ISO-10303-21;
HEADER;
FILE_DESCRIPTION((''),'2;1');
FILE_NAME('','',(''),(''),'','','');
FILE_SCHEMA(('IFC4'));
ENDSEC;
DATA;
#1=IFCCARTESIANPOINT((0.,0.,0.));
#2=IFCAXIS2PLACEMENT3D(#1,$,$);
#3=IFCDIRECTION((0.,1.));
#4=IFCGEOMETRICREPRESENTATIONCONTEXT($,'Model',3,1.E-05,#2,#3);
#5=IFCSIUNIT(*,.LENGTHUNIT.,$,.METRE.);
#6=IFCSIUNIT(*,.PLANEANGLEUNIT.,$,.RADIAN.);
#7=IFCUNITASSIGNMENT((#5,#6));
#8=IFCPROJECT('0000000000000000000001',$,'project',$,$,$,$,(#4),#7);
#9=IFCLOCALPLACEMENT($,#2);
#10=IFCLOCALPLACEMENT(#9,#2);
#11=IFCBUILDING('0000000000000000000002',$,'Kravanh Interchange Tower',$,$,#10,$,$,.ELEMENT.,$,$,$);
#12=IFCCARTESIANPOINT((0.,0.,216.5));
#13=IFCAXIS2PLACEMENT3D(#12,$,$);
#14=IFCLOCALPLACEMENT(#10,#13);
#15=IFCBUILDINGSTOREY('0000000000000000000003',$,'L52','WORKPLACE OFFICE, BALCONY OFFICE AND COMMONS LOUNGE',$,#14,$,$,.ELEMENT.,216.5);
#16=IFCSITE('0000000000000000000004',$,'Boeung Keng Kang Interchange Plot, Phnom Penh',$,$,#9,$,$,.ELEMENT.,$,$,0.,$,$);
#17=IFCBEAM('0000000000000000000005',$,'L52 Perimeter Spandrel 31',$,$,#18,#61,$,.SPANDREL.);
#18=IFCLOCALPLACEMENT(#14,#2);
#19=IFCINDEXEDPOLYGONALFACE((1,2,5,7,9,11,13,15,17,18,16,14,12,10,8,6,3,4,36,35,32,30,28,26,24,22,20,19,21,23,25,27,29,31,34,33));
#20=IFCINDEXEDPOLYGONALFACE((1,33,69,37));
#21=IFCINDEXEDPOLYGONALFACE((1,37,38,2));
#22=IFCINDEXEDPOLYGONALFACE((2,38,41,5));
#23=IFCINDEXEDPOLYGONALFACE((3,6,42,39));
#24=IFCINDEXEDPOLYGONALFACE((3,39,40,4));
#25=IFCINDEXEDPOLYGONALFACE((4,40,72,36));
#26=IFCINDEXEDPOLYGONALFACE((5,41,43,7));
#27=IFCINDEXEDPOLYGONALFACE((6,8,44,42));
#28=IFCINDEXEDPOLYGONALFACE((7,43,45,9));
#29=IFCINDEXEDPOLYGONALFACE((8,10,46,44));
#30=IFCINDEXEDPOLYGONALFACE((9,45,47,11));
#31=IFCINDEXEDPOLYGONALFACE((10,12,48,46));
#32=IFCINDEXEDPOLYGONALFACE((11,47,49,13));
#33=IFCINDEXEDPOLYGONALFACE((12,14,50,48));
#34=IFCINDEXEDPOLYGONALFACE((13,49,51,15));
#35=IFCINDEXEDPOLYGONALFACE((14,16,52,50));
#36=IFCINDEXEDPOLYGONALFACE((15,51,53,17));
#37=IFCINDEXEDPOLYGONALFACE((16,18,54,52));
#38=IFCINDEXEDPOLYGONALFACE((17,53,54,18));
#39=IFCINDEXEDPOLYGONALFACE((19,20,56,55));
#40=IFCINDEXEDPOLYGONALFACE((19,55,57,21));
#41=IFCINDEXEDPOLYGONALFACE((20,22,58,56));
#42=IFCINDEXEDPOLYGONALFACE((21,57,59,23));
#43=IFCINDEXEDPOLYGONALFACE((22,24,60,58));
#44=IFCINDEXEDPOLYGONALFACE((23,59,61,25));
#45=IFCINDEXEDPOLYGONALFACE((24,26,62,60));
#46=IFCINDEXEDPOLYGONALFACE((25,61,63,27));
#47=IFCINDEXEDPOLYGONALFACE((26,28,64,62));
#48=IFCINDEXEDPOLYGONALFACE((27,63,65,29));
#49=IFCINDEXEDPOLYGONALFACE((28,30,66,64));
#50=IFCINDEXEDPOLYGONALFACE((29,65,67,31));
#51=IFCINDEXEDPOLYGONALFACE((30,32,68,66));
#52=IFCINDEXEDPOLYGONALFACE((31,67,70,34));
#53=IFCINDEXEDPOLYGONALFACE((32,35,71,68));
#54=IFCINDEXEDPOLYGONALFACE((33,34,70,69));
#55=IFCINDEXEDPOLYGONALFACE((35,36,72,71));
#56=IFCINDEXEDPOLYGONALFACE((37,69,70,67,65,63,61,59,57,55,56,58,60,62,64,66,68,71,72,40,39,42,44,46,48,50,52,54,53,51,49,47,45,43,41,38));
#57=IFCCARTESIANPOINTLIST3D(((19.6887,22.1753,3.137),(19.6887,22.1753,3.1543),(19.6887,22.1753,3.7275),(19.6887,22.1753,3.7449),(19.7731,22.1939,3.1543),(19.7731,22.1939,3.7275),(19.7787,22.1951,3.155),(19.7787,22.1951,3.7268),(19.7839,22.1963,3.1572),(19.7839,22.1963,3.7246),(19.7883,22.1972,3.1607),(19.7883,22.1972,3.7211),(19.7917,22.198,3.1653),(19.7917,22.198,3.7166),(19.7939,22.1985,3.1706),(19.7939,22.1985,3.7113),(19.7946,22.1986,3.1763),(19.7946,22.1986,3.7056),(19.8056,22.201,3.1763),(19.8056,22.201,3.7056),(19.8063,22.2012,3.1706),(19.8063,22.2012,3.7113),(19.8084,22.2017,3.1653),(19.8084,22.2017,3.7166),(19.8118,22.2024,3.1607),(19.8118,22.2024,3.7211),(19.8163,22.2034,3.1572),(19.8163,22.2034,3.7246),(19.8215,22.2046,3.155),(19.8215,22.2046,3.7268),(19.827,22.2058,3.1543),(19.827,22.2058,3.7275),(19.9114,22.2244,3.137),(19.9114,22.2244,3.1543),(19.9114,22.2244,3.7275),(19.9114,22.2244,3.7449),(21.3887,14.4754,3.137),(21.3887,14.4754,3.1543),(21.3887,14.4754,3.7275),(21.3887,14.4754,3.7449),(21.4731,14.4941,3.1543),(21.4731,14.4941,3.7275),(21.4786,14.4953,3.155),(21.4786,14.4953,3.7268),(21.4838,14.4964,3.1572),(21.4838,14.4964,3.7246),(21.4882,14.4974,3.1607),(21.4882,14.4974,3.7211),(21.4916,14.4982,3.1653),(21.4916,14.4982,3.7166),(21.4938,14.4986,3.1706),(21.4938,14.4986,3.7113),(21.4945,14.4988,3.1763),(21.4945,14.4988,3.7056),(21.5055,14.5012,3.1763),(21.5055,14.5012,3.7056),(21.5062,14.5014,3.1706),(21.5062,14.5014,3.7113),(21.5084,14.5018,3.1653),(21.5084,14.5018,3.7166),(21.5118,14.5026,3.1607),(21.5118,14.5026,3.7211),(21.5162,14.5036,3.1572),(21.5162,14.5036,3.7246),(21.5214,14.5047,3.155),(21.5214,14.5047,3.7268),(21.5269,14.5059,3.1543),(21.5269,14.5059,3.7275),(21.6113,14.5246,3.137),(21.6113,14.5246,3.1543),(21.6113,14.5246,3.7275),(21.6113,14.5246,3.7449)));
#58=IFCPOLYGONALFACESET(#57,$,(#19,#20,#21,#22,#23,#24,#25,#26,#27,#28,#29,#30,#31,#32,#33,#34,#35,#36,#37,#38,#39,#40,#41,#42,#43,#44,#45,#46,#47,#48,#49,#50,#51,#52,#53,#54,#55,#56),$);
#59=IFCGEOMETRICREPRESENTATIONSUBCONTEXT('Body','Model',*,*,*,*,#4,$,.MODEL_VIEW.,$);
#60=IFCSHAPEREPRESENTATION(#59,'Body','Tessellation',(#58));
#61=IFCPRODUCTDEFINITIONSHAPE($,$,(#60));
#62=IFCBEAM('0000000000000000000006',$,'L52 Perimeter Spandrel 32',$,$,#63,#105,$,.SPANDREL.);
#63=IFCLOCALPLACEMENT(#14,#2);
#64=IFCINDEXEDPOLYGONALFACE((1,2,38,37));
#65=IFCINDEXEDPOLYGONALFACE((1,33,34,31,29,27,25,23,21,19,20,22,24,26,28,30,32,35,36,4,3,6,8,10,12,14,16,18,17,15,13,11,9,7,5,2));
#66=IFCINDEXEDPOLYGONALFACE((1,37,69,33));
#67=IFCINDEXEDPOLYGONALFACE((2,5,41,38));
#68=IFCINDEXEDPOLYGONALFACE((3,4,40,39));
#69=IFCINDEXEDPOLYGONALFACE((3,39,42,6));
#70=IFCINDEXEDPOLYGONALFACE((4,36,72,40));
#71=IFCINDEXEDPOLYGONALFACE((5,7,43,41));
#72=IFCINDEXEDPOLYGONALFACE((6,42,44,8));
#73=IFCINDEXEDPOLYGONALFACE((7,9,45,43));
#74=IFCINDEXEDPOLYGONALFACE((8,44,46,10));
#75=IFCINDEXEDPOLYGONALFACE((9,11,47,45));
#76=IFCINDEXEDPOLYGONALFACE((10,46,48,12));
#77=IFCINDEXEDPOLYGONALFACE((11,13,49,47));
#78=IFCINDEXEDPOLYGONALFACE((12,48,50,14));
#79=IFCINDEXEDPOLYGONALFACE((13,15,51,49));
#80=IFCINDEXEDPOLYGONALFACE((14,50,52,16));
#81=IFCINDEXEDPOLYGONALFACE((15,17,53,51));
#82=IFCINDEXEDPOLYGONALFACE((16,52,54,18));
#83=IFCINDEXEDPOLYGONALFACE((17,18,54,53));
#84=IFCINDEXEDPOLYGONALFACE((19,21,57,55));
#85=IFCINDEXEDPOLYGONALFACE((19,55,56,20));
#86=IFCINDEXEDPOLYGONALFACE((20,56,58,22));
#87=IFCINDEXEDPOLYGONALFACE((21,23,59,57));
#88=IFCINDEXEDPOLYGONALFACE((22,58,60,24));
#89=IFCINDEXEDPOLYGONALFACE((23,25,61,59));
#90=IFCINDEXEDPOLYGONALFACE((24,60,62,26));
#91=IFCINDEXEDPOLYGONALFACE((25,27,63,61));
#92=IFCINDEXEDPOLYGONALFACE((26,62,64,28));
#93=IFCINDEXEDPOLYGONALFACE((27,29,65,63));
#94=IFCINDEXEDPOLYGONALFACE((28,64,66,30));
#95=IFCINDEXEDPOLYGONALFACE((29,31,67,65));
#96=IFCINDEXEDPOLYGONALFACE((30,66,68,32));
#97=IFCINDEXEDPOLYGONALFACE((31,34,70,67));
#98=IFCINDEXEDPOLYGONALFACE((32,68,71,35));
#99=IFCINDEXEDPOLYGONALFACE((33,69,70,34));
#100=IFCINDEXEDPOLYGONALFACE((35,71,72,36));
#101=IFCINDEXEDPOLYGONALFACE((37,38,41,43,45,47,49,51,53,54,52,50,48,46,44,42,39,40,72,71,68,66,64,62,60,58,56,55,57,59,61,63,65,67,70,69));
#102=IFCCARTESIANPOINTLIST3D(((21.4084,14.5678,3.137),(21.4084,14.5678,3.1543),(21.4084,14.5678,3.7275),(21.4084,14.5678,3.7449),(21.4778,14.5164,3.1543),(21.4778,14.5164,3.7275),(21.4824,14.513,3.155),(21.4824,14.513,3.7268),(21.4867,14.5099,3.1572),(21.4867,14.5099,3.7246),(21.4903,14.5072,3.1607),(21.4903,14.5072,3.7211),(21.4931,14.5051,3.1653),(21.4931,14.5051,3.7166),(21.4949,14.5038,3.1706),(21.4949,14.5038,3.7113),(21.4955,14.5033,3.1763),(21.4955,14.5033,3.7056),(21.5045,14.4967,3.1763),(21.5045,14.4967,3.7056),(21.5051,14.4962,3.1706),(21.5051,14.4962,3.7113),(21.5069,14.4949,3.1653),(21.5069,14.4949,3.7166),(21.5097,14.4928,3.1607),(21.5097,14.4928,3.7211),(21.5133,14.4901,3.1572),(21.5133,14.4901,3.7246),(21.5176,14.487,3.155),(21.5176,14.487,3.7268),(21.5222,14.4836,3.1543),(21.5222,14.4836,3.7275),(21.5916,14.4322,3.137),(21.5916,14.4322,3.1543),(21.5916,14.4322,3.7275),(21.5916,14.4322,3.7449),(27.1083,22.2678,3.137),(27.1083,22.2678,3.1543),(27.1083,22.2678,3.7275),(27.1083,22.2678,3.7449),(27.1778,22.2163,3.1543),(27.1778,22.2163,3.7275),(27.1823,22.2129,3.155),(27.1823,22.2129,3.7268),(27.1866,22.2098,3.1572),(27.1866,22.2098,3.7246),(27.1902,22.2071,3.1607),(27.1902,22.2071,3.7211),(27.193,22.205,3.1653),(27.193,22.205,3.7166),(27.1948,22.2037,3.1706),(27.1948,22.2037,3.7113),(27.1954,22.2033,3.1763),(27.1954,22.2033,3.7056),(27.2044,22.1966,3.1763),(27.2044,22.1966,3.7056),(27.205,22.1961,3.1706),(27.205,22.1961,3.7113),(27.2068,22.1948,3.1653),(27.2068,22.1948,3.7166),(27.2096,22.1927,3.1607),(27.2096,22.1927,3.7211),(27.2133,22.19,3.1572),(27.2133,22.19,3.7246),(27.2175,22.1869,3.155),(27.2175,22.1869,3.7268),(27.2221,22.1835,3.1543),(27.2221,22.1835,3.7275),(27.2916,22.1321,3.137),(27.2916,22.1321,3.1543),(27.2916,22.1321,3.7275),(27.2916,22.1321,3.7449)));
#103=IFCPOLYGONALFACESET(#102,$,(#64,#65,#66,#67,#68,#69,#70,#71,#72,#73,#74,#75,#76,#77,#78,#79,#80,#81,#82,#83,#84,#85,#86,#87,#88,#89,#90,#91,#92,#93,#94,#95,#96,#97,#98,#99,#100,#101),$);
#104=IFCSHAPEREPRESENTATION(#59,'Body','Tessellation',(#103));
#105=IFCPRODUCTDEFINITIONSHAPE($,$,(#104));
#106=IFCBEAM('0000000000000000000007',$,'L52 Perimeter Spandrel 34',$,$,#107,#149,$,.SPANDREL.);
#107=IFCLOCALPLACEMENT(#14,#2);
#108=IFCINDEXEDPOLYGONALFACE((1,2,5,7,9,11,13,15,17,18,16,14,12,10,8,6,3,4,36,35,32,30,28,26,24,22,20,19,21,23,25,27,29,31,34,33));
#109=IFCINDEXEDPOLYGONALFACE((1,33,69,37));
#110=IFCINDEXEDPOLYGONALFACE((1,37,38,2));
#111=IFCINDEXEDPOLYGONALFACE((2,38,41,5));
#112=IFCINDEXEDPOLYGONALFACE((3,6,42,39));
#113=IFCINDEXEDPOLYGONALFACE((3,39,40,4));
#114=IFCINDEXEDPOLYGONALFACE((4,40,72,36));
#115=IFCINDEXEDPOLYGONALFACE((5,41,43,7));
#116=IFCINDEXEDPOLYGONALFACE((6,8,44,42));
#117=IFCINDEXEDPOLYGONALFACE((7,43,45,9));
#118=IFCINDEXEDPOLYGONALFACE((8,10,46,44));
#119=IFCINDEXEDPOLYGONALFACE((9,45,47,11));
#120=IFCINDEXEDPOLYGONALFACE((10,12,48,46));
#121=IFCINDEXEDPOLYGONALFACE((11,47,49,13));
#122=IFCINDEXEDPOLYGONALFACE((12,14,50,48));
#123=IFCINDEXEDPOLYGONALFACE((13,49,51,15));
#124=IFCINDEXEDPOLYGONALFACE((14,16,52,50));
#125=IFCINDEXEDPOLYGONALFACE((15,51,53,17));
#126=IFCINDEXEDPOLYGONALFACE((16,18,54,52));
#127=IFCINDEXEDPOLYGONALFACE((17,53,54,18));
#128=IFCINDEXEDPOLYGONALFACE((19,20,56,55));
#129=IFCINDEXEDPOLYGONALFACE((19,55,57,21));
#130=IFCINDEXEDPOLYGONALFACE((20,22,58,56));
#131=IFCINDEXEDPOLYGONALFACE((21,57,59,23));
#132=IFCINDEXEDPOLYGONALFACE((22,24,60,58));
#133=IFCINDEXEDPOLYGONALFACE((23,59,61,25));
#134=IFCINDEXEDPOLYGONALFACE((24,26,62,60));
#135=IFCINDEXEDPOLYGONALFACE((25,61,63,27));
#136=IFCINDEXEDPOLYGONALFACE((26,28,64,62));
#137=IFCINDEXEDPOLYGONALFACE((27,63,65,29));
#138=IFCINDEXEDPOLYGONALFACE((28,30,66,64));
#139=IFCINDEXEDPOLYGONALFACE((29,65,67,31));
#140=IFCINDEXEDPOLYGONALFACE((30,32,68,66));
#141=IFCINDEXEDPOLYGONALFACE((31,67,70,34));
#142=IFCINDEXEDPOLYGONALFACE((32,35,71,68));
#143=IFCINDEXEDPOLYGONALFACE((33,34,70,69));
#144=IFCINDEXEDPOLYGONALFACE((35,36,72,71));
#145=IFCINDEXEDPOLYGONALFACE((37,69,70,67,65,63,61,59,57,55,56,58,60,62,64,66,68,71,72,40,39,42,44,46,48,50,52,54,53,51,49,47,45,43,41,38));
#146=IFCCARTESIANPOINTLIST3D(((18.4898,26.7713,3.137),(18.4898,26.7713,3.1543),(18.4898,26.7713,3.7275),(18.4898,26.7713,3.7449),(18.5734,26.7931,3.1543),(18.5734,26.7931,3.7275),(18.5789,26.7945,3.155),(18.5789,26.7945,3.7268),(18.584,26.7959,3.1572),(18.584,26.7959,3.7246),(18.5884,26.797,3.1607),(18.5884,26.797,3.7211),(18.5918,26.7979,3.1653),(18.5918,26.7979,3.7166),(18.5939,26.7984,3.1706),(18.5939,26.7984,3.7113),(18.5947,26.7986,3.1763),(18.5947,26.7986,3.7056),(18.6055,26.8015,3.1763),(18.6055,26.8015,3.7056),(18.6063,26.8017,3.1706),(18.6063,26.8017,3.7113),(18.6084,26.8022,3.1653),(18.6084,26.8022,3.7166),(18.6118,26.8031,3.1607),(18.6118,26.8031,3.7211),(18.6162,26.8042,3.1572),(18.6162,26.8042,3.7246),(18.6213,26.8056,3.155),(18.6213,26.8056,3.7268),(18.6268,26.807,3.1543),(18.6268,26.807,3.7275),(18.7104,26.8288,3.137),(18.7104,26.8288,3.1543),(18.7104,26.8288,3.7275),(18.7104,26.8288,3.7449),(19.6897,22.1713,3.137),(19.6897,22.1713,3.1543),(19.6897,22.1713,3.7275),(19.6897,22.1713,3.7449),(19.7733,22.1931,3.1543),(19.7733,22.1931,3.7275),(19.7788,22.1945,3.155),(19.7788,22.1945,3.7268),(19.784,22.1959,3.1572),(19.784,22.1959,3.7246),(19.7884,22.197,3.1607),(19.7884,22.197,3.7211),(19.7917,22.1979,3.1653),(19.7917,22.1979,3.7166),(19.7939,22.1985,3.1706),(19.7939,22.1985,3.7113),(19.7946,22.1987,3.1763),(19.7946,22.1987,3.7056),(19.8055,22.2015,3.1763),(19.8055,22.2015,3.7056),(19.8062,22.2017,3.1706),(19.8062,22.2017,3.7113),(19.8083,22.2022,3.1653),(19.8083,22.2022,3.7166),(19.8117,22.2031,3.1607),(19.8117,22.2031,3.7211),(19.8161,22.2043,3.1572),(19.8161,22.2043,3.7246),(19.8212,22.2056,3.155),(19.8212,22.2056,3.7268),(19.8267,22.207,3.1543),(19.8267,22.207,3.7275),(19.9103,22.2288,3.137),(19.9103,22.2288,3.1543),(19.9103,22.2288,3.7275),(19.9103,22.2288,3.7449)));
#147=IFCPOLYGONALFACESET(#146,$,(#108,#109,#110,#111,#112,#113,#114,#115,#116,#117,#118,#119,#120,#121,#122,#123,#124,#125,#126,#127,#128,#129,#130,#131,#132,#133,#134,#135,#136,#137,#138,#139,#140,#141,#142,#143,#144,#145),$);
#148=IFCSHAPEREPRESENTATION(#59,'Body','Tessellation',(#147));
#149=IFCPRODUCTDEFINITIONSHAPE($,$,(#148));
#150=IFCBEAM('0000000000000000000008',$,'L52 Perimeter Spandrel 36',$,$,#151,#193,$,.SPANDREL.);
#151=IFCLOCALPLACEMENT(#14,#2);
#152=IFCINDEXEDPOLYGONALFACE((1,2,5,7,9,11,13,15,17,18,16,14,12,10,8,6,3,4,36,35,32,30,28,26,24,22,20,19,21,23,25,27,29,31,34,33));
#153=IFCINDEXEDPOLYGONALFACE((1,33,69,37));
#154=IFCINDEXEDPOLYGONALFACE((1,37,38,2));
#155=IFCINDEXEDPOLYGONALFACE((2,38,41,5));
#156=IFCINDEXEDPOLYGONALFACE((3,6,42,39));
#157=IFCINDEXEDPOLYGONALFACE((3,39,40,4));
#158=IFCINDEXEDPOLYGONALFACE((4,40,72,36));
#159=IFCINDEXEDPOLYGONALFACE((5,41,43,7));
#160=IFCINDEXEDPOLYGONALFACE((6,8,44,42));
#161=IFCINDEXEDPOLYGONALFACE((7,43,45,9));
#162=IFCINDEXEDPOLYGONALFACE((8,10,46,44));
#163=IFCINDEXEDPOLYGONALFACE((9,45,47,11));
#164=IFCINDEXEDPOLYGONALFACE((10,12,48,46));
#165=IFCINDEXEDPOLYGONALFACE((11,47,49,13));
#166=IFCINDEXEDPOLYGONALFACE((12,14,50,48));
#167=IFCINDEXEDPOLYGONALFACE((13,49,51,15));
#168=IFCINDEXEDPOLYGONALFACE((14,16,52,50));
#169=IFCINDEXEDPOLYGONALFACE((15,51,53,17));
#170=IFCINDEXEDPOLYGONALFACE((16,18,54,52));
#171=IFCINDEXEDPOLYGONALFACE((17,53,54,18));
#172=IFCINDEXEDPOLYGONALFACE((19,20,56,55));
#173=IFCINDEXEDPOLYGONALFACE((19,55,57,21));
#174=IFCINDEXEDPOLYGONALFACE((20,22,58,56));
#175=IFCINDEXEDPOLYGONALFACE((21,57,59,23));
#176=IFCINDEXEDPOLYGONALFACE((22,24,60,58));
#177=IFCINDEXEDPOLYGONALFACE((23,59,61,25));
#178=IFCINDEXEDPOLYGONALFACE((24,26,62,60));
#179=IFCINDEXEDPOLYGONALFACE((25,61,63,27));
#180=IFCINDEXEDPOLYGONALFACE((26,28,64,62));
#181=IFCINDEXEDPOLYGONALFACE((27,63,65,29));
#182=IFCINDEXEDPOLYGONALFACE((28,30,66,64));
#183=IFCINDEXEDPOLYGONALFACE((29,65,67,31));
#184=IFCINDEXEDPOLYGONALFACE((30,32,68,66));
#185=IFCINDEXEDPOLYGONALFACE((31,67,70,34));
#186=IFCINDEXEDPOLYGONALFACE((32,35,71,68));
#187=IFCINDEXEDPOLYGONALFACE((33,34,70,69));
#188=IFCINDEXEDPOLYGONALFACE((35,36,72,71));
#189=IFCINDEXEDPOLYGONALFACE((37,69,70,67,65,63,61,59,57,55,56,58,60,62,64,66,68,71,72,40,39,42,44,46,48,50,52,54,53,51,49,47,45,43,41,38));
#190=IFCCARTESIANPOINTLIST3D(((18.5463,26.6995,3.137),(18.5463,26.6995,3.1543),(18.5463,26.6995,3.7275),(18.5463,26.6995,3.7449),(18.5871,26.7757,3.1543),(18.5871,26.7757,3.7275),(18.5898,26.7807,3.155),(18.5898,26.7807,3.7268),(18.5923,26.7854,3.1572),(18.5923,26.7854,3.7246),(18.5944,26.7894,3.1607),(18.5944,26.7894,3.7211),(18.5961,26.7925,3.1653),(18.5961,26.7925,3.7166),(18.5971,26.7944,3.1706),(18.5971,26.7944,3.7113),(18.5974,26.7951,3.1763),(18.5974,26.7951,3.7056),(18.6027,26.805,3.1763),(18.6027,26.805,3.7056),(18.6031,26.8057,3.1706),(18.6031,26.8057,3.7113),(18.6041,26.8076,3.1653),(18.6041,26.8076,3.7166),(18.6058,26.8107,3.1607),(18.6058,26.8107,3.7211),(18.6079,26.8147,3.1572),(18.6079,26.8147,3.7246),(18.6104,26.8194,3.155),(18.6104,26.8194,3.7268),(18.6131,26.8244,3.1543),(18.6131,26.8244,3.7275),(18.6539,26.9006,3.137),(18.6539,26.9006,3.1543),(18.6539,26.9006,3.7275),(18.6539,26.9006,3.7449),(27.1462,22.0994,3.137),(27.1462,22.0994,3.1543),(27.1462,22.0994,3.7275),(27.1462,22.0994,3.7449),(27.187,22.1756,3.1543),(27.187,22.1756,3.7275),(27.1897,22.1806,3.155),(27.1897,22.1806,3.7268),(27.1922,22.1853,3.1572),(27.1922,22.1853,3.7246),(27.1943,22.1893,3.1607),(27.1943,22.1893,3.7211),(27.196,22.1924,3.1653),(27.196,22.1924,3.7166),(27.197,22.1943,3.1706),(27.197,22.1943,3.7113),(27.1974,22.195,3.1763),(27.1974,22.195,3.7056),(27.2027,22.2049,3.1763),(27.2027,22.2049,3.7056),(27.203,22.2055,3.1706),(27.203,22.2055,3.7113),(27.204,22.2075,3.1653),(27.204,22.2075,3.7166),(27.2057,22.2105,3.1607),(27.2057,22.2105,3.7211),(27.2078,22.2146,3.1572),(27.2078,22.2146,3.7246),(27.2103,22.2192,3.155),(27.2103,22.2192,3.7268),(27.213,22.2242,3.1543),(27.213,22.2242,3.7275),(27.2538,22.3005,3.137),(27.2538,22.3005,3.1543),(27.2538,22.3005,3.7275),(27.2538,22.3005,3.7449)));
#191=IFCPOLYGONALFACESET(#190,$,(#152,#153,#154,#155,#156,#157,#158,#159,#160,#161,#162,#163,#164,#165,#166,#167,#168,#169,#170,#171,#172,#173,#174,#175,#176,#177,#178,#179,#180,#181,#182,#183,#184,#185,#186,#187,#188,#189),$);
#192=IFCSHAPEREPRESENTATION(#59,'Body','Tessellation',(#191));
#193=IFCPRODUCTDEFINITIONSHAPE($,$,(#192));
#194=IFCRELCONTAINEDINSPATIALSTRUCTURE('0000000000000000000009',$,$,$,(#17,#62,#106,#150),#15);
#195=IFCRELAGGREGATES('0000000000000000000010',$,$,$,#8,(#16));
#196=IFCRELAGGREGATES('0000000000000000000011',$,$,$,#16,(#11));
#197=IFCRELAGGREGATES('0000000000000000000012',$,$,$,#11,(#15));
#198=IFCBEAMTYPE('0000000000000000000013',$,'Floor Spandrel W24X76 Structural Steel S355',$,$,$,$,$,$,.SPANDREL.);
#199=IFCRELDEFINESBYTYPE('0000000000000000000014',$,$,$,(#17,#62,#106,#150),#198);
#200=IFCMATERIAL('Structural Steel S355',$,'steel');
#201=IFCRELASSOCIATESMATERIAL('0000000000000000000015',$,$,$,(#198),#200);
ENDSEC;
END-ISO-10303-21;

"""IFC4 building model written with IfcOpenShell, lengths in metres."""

from ifc_helpers import new_model, si_unit, direction, frame, origin, origin_2d, place, context, subcontext, project, spatial, i_section, extrude, material, material_profile, profile_set, type_object, element, save


model = new_model("IFC4")

# Units and contexts
model_context = context("Model", 3, precision=1e-05, world=origin(), true_north=direction((0.0, 1.0)))
body_context = subcontext(model_context, "Body", "Model", "MODEL_VIEW")
ifc_project = project(units=[si_unit("LENGTHUNIT", "METRE"), si_unit("PLANEANGLEUNIT", "RADIAN")], contexts=[model_context])

# Site, building, storey
site_placement = place(None, origin())
site = spatial("IfcSite", under=ifc_project, at=site_placement, Name="Boeung Keng Kang Interchange Plot, Phnom Penh", CompositionType="ELEMENT", RefElevation=0.0)
building_placement = place(site_placement, origin())
building = spatial("IfcBuilding", under=site, at=building_placement, Name="Kravanh Interchange Tower", CompositionType="ELEMENT")
storey_placement = place(building_placement, frame((0.0, 0.0, 216.5)))
storey = spatial("IfcBuildingStorey", under=building, at=storey_placement, Name="L52", Description="WORKPLACE OFFICE, BALCONY OFFICE AND COMMONS LOUNGE", CompositionType="ELEMENT", Elevation=216.5)

# Beams
ifc_material_1 = material(Name="Structural Steel S355", Category="steel")
ifc_material_profile_1 = material_profile(ifc_material_1, i_section(OverallWidth=0.228, OverallDepth=0.6079, WebThickness=0.0112, FlangeThickness=0.0173, FilletRadius=0.022, at=origin_2d()), Name="W24X76")
ifc_profile_set_1 = profile_set([ifc_material_profile_1], Name="Structural Steel S355")
beam_type_1 = type_object("IfcBeamType", Name="Floor Spandrel W24X76 Structural Steel S355", PredefinedType="SPANDREL", material=ifc_profile_set_1)
beam_1_placement = place(storey_placement, frame((21.5, 14.5, 3.4409), z_axis=(-0.215583, 0.976486, 0.0), x_axis=(-0.976486, -0.215583, 0.0)))
element("IfcBeam", 1, at=beam_1_placement, inside=storey, type_object=beam_type_1, Name="L52 Perimeter Spandrel 31", PredefinedType="SPANDREL", context=body_context, shape_type="SweptSolid", body=[
    extrude(i_section(OverallWidth=0.228, OverallDepth=0.6079, WebThickness=0.0112, FlangeThickness=0.0173, FilletRadius=0.022, at=origin_2d()), origin(), (0.0, 0.0, 1.0), 7.8853),
])
beam_2_placement = place(storey_placement, frame((21.5, 14.5, 3.4409), z_axis=(0.594977, 0.803743, 0.0), x_axis=(-0.803743, 0.594977, 0.0)))
element("IfcBeam", 2, at=beam_2_placement, inside=storey, type_object=beam_type_1, Name="L52 Perimeter Spandrel 32", PredefinedType="SPANDREL", context=body_context, shape_type="SweptSolid", body=[
    extrude(i_section(OverallWidth=0.228, OverallDepth=0.6079, WebThickness=0.0112, FlangeThickness=0.0173, FilletRadius=0.022, at=origin_2d()), origin(), (0.0, 0.0, 1.0), 9.5801),
])
beam_3_placement = place(storey_placement, frame((18.6001, 26.8, 3.4409), z_axis=(0.252407, -0.967621, 0.0), x_axis=(0.967621, 0.252407, 0.0)))
element("IfcBeam", 3, at=beam_3_placement, inside=storey, type_object=beam_type_1, Name="L52 Perimeter Spandrel 34", PredefinedType="SPANDREL", context=body_context, shape_type="SweptSolid", body=[
    extrude(i_section(OverallWidth=0.228, OverallDepth=0.6079, WebThickness=0.0112, FlangeThickness=0.0173, FilletRadius=0.022, at=origin_2d()), origin(), (0.0, 0.0, 1.0), 4.7539),
])
beam_4_placement = place(storey_placement, frame((18.6001, 26.8, 3.4409), z_axis=(0.881777, -0.471666, 0.0), x_axis=(0.471666, 0.881777, 0.0)))
element("IfcBeam", 4, at=beam_4_placement, inside=storey, type_object=beam_type_1, Name="L52 Perimeter Spandrel 36", PredefinedType="SPANDREL", context=body_context, shape_type="SweptSolid", body=[
    extrude(i_section(OverallWidth=0.228, OverallDepth=0.6079, WebThickness=0.0112, FlangeThickness=0.0173, FilletRadius=0.022, at=origin_2d()), origin(), (0.0, 0.0, 1.0), 9.7529),
])

save(model, "model.ifc")
